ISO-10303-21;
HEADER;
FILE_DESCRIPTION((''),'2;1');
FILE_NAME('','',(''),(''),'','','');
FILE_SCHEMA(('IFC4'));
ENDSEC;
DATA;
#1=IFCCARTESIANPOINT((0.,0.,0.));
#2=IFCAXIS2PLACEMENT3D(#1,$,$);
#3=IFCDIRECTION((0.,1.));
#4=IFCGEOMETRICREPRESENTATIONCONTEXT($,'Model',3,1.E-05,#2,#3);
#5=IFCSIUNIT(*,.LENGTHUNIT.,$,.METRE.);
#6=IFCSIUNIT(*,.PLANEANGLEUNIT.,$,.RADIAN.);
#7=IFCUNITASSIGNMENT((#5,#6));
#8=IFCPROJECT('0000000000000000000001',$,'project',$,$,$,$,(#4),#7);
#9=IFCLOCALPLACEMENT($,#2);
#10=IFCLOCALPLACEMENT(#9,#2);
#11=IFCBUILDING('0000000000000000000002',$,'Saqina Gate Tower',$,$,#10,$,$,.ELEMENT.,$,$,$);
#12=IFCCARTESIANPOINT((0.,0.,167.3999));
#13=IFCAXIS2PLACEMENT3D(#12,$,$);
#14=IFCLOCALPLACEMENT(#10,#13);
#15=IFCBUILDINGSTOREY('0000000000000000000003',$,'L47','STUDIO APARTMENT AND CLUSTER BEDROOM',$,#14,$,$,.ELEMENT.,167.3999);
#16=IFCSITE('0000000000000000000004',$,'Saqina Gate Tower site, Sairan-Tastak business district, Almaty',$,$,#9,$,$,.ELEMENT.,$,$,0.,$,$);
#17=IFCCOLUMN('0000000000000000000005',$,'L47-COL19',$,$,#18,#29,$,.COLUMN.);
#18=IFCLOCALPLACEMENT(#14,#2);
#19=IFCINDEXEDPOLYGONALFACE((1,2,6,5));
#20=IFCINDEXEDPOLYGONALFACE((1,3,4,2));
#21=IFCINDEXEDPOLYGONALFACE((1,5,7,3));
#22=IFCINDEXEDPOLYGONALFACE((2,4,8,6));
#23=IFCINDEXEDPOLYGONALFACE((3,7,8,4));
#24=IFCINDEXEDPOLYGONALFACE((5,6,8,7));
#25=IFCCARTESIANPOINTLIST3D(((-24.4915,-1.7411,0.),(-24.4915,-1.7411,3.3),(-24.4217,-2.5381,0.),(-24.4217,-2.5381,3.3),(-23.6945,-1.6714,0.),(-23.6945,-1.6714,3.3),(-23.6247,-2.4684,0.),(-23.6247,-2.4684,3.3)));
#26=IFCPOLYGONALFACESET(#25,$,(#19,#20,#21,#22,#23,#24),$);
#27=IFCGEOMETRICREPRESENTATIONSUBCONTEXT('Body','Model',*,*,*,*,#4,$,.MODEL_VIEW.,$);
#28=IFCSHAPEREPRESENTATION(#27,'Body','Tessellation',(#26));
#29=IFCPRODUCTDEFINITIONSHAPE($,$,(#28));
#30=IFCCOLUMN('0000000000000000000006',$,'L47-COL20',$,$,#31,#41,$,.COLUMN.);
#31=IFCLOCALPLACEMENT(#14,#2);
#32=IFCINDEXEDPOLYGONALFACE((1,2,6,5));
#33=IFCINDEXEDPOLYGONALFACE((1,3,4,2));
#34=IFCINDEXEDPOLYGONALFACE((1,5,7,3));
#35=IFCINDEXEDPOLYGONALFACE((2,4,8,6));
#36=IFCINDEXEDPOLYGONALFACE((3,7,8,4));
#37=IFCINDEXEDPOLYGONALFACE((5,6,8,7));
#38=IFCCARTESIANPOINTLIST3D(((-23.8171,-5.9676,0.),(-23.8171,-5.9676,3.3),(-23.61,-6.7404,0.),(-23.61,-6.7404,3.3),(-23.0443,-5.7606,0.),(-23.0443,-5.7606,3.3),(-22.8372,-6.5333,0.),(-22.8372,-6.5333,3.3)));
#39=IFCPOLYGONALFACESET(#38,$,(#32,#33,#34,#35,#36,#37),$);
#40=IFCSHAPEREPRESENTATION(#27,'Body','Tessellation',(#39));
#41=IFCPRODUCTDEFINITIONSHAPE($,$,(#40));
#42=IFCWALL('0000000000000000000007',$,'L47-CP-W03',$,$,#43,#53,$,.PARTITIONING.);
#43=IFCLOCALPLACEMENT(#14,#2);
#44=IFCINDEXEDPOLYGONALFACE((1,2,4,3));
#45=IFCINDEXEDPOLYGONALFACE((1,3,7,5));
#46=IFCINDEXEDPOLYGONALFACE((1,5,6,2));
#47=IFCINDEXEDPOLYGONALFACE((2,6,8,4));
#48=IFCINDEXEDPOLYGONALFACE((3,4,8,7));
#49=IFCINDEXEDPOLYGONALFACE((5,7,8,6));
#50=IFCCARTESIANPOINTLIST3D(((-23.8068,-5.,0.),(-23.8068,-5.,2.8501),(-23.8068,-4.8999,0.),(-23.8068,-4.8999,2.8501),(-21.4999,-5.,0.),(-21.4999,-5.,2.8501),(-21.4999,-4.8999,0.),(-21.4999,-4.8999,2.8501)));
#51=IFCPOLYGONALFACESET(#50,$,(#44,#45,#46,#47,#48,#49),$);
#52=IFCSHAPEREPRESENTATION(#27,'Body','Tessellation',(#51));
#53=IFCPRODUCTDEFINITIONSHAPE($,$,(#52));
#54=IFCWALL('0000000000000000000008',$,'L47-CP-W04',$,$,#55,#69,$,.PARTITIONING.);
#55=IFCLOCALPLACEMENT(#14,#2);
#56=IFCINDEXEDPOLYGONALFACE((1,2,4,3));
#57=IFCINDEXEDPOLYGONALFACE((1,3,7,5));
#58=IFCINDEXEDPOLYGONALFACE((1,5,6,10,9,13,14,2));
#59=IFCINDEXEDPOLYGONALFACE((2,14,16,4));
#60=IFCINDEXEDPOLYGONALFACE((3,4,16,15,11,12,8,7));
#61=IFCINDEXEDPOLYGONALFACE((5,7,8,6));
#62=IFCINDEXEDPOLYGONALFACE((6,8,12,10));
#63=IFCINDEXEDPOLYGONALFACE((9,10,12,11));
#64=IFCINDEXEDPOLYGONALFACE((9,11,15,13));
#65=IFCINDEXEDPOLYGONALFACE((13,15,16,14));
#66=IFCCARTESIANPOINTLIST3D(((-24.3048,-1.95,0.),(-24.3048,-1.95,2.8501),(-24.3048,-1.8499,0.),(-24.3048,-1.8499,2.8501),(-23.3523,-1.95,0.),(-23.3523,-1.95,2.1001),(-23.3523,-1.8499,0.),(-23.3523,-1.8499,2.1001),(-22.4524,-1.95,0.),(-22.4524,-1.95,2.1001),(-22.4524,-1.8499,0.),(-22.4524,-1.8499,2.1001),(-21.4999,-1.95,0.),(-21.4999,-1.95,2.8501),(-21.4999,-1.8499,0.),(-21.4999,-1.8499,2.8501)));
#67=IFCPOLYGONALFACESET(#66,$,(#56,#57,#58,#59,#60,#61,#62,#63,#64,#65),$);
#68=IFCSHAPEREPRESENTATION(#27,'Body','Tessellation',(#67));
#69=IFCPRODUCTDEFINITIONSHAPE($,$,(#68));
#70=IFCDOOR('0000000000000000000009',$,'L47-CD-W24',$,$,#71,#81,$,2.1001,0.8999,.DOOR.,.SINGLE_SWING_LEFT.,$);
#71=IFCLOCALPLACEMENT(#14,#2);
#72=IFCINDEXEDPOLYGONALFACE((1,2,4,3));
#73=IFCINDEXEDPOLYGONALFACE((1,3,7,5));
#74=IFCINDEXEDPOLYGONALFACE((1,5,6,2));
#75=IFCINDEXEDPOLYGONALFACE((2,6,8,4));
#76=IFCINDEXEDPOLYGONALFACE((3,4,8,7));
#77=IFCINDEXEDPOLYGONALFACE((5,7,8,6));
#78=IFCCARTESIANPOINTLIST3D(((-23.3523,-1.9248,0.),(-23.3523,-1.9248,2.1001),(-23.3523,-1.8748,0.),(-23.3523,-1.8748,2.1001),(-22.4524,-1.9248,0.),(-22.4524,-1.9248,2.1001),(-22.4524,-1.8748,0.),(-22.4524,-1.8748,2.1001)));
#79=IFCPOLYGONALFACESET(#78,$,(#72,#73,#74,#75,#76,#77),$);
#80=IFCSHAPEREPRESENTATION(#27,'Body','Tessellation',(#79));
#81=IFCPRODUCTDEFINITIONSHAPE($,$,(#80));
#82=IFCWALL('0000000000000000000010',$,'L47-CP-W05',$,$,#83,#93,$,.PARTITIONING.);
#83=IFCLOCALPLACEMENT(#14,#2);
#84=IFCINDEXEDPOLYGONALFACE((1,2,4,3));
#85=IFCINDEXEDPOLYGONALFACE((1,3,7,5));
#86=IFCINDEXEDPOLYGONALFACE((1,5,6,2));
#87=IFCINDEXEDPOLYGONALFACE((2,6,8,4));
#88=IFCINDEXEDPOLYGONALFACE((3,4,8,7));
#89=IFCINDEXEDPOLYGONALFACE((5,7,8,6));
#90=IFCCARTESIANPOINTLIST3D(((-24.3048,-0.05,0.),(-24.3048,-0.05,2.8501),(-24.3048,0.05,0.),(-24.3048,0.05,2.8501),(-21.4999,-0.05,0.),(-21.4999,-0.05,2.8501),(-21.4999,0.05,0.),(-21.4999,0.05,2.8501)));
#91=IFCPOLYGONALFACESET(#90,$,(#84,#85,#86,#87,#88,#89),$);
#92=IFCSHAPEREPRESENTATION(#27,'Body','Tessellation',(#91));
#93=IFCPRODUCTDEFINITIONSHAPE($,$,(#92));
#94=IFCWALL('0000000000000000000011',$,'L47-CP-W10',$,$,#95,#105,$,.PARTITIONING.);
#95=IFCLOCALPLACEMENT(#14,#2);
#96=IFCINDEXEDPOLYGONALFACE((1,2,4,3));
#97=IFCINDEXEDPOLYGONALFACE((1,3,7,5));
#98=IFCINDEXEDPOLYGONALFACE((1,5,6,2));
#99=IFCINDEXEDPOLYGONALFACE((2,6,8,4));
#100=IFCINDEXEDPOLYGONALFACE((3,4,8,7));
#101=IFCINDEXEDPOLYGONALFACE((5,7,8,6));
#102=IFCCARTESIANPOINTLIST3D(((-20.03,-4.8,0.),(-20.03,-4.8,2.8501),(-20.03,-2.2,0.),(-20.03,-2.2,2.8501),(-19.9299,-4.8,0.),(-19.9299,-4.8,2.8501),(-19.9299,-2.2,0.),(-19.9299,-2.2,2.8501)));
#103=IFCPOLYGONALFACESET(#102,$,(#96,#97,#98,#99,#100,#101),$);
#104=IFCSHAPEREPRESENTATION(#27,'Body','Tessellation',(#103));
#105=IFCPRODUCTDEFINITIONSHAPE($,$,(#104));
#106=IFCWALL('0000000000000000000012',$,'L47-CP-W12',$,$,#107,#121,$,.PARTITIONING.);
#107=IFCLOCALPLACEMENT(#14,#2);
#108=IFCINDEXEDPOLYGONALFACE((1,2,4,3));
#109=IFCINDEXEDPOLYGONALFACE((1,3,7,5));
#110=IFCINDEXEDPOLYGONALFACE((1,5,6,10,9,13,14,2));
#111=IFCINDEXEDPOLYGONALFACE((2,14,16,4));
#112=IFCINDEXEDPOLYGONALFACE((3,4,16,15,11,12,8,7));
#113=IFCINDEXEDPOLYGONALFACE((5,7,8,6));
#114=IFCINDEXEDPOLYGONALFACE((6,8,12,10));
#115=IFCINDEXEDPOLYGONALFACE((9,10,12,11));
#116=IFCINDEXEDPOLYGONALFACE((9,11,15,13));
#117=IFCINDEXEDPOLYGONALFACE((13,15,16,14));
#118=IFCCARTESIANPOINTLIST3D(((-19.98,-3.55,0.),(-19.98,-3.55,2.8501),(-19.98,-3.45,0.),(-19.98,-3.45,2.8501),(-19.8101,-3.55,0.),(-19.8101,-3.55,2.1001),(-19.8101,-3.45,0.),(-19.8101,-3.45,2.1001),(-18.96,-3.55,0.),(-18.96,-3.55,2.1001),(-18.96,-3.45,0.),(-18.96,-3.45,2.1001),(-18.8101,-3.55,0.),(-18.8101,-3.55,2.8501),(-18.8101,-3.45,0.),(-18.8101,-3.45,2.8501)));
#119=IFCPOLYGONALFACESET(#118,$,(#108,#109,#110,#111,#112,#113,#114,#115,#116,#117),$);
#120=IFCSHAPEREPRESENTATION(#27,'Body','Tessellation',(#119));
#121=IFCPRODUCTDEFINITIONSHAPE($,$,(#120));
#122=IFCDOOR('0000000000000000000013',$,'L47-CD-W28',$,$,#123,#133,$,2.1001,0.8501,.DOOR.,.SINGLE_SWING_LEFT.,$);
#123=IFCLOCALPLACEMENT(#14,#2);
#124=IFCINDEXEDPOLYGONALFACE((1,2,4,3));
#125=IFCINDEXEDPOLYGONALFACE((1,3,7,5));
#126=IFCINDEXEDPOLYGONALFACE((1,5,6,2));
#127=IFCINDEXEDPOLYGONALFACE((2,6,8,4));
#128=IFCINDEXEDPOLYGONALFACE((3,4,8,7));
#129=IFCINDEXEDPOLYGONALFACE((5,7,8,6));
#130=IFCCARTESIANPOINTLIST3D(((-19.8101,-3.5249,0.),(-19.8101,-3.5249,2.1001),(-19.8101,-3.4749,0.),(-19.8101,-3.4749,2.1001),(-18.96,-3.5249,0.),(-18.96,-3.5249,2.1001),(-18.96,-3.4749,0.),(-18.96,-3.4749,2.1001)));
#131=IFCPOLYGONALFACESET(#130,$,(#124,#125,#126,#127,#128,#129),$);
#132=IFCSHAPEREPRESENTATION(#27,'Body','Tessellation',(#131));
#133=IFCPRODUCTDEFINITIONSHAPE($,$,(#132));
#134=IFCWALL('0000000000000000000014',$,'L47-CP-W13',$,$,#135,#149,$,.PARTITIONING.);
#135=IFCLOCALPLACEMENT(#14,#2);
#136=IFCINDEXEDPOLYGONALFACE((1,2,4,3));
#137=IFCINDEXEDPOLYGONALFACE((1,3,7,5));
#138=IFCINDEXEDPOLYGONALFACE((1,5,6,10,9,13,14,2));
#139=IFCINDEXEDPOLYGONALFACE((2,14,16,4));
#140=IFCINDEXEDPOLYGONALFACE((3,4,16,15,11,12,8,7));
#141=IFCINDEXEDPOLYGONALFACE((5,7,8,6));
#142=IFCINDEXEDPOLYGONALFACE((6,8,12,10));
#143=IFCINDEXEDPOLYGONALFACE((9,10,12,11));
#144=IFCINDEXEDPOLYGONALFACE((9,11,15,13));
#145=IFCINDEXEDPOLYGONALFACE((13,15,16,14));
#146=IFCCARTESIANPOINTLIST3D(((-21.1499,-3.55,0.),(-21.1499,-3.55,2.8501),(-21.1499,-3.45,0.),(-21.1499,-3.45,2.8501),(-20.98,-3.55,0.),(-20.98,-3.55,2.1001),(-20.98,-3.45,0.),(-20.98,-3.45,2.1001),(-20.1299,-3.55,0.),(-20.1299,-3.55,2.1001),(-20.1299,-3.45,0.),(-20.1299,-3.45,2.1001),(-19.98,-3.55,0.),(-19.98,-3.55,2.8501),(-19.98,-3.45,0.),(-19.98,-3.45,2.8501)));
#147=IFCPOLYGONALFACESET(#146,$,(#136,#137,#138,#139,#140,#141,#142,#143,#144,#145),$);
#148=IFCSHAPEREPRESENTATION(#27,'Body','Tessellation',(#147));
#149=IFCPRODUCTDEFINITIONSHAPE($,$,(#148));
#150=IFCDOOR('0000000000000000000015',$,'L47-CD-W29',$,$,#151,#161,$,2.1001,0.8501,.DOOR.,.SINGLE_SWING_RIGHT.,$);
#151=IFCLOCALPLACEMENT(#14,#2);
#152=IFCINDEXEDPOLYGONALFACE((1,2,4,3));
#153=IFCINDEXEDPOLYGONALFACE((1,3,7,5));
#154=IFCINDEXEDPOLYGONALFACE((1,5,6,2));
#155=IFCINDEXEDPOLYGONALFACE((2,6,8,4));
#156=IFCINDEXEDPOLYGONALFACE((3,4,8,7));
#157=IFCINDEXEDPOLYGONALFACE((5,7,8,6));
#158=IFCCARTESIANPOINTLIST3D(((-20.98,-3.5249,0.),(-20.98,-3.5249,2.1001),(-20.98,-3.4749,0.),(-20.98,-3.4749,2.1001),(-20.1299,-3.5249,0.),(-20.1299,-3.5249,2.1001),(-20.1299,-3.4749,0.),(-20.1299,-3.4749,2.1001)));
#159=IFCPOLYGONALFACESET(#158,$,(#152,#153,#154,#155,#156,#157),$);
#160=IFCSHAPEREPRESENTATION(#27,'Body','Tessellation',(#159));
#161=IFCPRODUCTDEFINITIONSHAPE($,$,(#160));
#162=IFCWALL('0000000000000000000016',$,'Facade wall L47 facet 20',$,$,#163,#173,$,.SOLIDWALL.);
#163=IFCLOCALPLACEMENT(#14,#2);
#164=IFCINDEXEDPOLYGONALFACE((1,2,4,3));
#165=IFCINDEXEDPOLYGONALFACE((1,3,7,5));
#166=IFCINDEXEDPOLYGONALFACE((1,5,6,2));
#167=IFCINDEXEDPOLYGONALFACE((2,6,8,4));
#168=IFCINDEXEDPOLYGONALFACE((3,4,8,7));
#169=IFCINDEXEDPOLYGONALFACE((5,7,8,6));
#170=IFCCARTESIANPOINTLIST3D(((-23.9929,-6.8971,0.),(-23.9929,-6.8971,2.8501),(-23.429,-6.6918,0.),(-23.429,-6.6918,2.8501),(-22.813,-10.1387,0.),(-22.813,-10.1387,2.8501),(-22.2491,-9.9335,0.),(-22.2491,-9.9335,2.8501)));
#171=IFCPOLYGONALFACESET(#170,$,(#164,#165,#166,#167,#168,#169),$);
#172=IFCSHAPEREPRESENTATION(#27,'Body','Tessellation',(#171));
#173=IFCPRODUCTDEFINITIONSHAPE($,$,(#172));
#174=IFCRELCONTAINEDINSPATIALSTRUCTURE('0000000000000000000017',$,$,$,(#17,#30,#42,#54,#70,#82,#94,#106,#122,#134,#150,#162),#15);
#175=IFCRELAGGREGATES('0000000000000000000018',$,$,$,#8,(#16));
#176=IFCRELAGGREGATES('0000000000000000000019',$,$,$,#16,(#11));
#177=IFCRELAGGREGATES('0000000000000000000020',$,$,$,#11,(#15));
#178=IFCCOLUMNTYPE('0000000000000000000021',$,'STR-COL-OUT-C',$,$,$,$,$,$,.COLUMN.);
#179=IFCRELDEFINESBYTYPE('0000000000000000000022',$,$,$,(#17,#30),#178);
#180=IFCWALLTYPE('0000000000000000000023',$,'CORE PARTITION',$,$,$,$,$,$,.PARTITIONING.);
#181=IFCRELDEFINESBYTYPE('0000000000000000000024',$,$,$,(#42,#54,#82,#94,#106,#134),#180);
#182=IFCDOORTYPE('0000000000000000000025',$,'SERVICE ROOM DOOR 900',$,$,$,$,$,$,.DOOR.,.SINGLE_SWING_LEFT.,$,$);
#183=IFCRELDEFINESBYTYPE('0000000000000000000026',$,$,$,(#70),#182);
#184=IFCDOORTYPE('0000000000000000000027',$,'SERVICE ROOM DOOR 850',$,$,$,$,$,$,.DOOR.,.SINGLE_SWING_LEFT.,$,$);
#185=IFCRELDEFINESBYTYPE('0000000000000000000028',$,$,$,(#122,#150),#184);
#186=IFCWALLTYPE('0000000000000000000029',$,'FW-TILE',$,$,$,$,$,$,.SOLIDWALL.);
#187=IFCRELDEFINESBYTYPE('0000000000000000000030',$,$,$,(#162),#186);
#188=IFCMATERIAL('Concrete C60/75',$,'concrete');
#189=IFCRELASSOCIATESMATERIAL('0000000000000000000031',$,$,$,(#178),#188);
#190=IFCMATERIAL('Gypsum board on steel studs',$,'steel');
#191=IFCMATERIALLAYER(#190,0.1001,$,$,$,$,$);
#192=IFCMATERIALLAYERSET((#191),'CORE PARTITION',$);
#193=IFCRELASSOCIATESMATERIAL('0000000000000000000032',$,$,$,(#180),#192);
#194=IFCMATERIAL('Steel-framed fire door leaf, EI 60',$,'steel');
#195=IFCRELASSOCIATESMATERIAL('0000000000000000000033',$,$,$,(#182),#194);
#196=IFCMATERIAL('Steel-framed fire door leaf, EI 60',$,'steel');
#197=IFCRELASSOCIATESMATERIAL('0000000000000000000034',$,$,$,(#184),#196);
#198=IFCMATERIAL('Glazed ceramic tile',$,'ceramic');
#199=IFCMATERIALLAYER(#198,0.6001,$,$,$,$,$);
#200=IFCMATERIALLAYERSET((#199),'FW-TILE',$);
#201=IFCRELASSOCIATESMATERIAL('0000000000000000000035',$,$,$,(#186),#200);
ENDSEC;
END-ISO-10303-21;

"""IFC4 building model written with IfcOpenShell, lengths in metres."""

from ifc_helpers import new_model, si_unit, direction, frame, frame_2d, origin, origin_2d, place, context, subcontext, project, spatial, rectangle, extrude, material, layer, layer_set, material_profile, profile_set, type_object, element, fill, save


model = new_model("IFC4")

# Units and contexts
model_context = context("Model", 3, precision=1e-05, world=origin(), true_north=direction((0.0, 1.0)))
body_context = subcontext(model_context, "Body", "Model", "MODEL_VIEW")
ifc_project = project(units=[si_unit("LENGTHUNIT", "METRE"), si_unit("PLANEANGLEUNIT", "RADIAN")], contexts=[model_context])

# Site, building, storey
site_placement = place(None, origin())
site = spatial("IfcSite", under=ifc_project, at=site_placement, Name="Saqina Gate Tower site, Sairan-Tastak business district, Almaty", CompositionType="ELEMENT", RefElevation=0.0)
building_placement = place(site_placement, origin())
building = spatial("IfcBuilding", under=site, at=building_placement, Name="Saqina Gate Tower", CompositionType="ELEMENT")
storey_placement = place(building_placement, frame((0.0, 0.0, 167.3999)))
storey = spatial("IfcBuildingStorey", under=building, at=storey_placement, Name="L47", Description="STUDIO APARTMENT AND CLUSTER BEDROOM", CompositionType="ELEMENT", Elevation=167.3999)

# Columns
ifc_material_1 = material(Name="Concrete C60/75", Category="concrete")
ifc_material_profile = material_profile(ifc_material_1, rectangle(XDim=0.8, YDim=0.8, at=origin_2d()), Name="RC 800x800")
ifc_profile_set = profile_set([ifc_material_profile], Name="Concrete C60/75")
column_type = type_object("IfcColumnType", Name="STR-COL-OUT-C", PredefinedType="COLUMN", material=ifc_profile_set)
for number, where, z_axis, x_axis, name in (
    (1, (-24.0581, -2.1047, 0.0), (0.0, 0.0, 1.0), (-0.996195, -0.087156, 0.0), "L47-COL19"),
    (2, (-23.3271, -6.2505, 0.0), (0.0, 0.0, 1.0), (-0.965926, -0.258819, 0.0), "L47-COL20"),
):
    element("IfcColumn", number, at=place(storey_placement, frame(where, z_axis=z_axis, x_axis=x_axis)), inside=storey, type_object=column_type, Name=name, PredefinedType="COLUMN", context=body_context, shape_type="SweptSolid", body=[
        extrude(rectangle(XDim=0.8, YDim=0.8, at=origin_2d()), origin(), (0.0, 0.0, 1.0), 3.3),
    ])

# Wall
ifc_material_2 = material(Name="Gypsum board on steel studs", Category="steel")
ifc_layer_1 = layer(ifc_material_2, 0.1001)
ifc_layer_set_1 = layer_set([ifc_layer_1], Name="CORE PARTITION")
wall_type_1 = type_object("IfcWallType", Name="CORE PARTITION", PredefinedType="PARTITIONING", material=ifc_layer_set_1)
wall_1_placement = place(storey_placement, frame((-21.5, -4.95, 0.0), z_axis=(0.0, 0.0, 1.0), x_axis=(-1.0, 0.0, 0.0)))
element("IfcWall", 3, at=wall_1_placement, inside=storey, type_object=wall_type_1, Name="L47-CP-W03", PredefinedType="PARTITIONING", context=body_context, shape_type="SweptSolid", body=[
    extrude(rectangle(XDim=2.3069, YDim=0.1001, at=frame_2d((1.1533, 0.0))), origin(), (0.0, 0.0, 1.0), 2.8501),
])

# Wall, opening, door
wall_2_placement = place(storey_placement, frame((-21.5, -1.8999, 0.0), z_axis=(0.0, 0.0, 1.0), x_axis=(-1.0, 0.0, 0.0)))
wall_2 = element("IfcWall", 4, at=wall_2_placement, inside=storey, type_object=wall_type_1, Name="L47-CP-W04", PredefinedType="PARTITIONING", context=body_context, shape_type="SweptSolid", body=[
    extrude(rectangle(XDim=2.8049, YDim=0.1001, at=frame_2d((1.4023, 0.0))), origin(), (0.0, 0.0, 1.0), 2.8501),
])
opening_1_placement = place(wall_2_placement, frame((0.9524, 0.0, 0.0)))
opening_1 = element("IfcOpeningElement", 5, at=opening_1_placement, cuts=wall_2, PredefinedType="OPENING", context=body_context, shape_type="SweptSolid", body=[
    extrude(rectangle(XDim=0.8999, YDim=2.1001, at=frame_2d((0.45, 1.05))), frame((0.0, 0.062, 0.0), z_axis=(0.0, -1.0, 0.0), x_axis=(1.0, 0.0, 0.0)), (0.0, 0.0, 1.0), 0.124),
])
ifc_material_3 = material(Name="Steel-framed fire door leaf, EI 60", Category="steel")
door_type_1 = type_object("IfcDoorType", Name="SERVICE ROOM DOOR 900", OperationType="SINGLE_SWING_LEFT", PredefinedType="DOOR", material=ifc_material_3)
door_1_placement = place(opening_1_placement, origin())
door_1 = element("IfcDoor", 6, at=door_1_placement, inside=storey, type_object=door_type_1, Name="L47-CD-W24", OperationType="SINGLE_SWING_LEFT", OverallHeight=2.1001, OverallWidth=0.8999, PredefinedType="DOOR", context=body_context, shape_type="SweptSolid", body=[
    extrude(rectangle(XDim=0.8999, YDim=2.1001, at=frame_2d((0.45, 1.05))), frame((0.0, 0.0249, 0.0), z_axis=(0.0, -1.0, 0.0), x_axis=(1.0, 0.0, 0.0)), (0.0, 0.0, 1.0), 0.05),
])
fill(opening_1, door_1)

# Walls
wall_3_placement = place(storey_placement, frame((-21.5, 0.0, 0.0), z_axis=(0.0, 0.0, 1.0), x_axis=(-1.0, 0.0, 0.0)))
element("IfcWall", 7, at=wall_3_placement, inside=storey, type_object=wall_type_1, Name="L47-CP-W05", PredefinedType="PARTITIONING", context=body_context, shape_type="SweptSolid", body=[
    extrude(rectangle(XDim=2.8049, YDim=0.1001, at=frame_2d((1.4023, 0.0))), origin(), (0.0, 0.0, 1.0), 2.8501),
])
wall_4_placement = place(storey_placement, frame((-19.98, -4.8, 0.0), z_axis=(0.0, 0.0, 1.0), x_axis=(0.0, 1.0, 0.0)))
element("IfcWall", 8, at=wall_4_placement, inside=storey, type_object=wall_type_1, Name="L47-CP-W10", PredefinedType="PARTITIONING", context=body_context, shape_type="SweptSolid", body=[
    extrude(rectangle(XDim=2.6001, YDim=0.1001, at=frame_2d((1.3, 0.0))), origin(), (0.0, 0.0, 1.0), 2.8501),
])

# Walls, openings, doors
wall_5_placement = place(storey_placement, frame((-18.8101, -3.5, 0.0), z_axis=(0.0, 0.0, 1.0), x_axis=(-1.0, 0.0, 0.0)))
wall_5 = element("IfcWall", 9, at=wall_5_placement, inside=storey, type_object=wall_type_1, Name="L47-CP-W12", PredefinedType="PARTITIONING", context=body_context, shape_type="SweptSolid", body=[
    extrude(rectangle(XDim=1.1699, YDim=0.1001, at=frame_2d((0.585, 0.0))), origin(), (0.0, 0.0, 1.0), 2.8501),
])
opening_2_placement = place(wall_5_placement, frame((0.1499, 0.0, 0.0)))
opening_2 = element("IfcOpeningElement", 10, at=opening_2_placement, cuts=wall_5, PredefinedType="OPENING", context=body_context, shape_type="SweptSolid", body=[
    extrude(rectangle(XDim=0.8501, YDim=2.1001, at=frame_2d((0.425, 1.05))), frame((0.0, 0.062, 0.0), z_axis=(0.0, -1.0, 0.0), x_axis=(1.0, 0.0, 0.0)), (0.0, 0.0, 1.0), 0.124),
])
ifc_material_4 = material(Name="Steel-framed fire door leaf, EI 60", Category="steel")
door_type_2 = type_object("IfcDoorType", Name="SERVICE ROOM DOOR 850", OperationType="SINGLE_SWING_LEFT", PredefinedType="DOOR", material=ifc_material_4)
door_2_placement = place(opening_2_placement, origin())
door_2 = element("IfcDoor", 11, at=door_2_placement, inside=storey, type_object=door_type_2, Name="L47-CD-W28", OperationType="SINGLE_SWING_LEFT", OverallHeight=2.1001, OverallWidth=0.8501, PredefinedType="DOOR", context=body_context, shape_type="SweptSolid", body=[
    extrude(rectangle(XDim=0.8501, YDim=2.1001, at=frame_2d((0.425, 1.05))), frame((0.0, 0.0249, 0.0), z_axis=(0.0, -1.0, 0.0), x_axis=(1.0, 0.0, 0.0)), (0.0, 0.0, 1.0), 0.05),
])
fill(opening_2, door_2)
wall_6_placement = place(storey_placement, frame((-19.98, -3.5, 0.0), z_axis=(0.0, 0.0, 1.0), x_axis=(-1.0, 0.0, 0.0)))
wall_6 = element("IfcWall", 12, at=wall_6_placement, inside=storey, type_object=wall_type_1, Name="L47-CP-W13", PredefinedType="PARTITIONING", context=body_context, shape_type="SweptSolid", body=[
    extrude(rectangle(XDim=1.1699, YDim=0.1001, at=frame_2d((0.585, 0.0))), origin(), (0.0, 0.0, 1.0), 2.8501),
])
opening_3_placement = place(wall_6_placement, frame((0.1499, 0.0, 0.0)))
opening_3 = element("IfcOpeningElement", 13, at=opening_3_placement, cuts=wall_6, PredefinedType="OPENING", context=body_context, shape_type="SweptSolid", body=[
    extrude(rectangle(XDim=0.8501, YDim=2.1001, at=frame_2d((0.425, 1.05))), frame((0.0, 0.062, 0.0), z_axis=(0.0, -1.0, 0.0), x_axis=(1.0, 0.0, 0.0)), (0.0, 0.0, 1.0), 0.124),
])
door_3_placement = place(opening_3_placement, origin())
door_3 = element("IfcDoor", 14, at=door_3_placement, inside=storey, type_object=door_type_2, Name="L47-CD-W29", OperationType="SINGLE_SWING_RIGHT", OverallHeight=2.1001, OverallWidth=0.8501, PredefinedType="DOOR", context=body_context, shape_type="SweptSolid", body=[
    extrude(rectangle(XDim=0.8501, YDim=2.1001, at=frame_2d((0.425, 1.05))), frame((0.0, 0.0249, 0.0), z_axis=(0.0, -1.0, 0.0), x_axis=(1.0, 0.0, 0.0)), (0.0, 0.0, 1.0), 0.05),
])
fill(opening_3, door_3)

# Wall
ifc_material_5 = material(Name="Glazed ceramic tile", Category="ceramic")
ifc_layer_2 = layer(ifc_material_5, 0.6001)
ifc_layer_set_2 = layer_set([ifc_layer_2], Name="FW-TILE")
wall_type_2 = type_object("IfcWallType", Name="FW-TILE", PredefinedType="SOLIDWALL", material=ifc_layer_set_2)
wall_7_placement = place(storey_placement, frame((-23.7109, -6.7944, 0.0), z_axis=(0.0, 0.0, 1.0), x_axis=(0.342033, -0.939688, 0.0)))
element("IfcWall", 15, at=wall_7_placement, inside=storey, type_object=wall_type_2, Name="Facade wall L47 facet 20", PredefinedType="SOLIDWALL", context=body_context, shape_type="SweptSolid", body=[
    extrude(rectangle(XDim=3.4497, YDim=0.6001, at=frame_2d((1.7249, 0.0))), origin(), (0.0, 0.0, 1.0), 2.8501),
])

save(model, "model.ifc")
